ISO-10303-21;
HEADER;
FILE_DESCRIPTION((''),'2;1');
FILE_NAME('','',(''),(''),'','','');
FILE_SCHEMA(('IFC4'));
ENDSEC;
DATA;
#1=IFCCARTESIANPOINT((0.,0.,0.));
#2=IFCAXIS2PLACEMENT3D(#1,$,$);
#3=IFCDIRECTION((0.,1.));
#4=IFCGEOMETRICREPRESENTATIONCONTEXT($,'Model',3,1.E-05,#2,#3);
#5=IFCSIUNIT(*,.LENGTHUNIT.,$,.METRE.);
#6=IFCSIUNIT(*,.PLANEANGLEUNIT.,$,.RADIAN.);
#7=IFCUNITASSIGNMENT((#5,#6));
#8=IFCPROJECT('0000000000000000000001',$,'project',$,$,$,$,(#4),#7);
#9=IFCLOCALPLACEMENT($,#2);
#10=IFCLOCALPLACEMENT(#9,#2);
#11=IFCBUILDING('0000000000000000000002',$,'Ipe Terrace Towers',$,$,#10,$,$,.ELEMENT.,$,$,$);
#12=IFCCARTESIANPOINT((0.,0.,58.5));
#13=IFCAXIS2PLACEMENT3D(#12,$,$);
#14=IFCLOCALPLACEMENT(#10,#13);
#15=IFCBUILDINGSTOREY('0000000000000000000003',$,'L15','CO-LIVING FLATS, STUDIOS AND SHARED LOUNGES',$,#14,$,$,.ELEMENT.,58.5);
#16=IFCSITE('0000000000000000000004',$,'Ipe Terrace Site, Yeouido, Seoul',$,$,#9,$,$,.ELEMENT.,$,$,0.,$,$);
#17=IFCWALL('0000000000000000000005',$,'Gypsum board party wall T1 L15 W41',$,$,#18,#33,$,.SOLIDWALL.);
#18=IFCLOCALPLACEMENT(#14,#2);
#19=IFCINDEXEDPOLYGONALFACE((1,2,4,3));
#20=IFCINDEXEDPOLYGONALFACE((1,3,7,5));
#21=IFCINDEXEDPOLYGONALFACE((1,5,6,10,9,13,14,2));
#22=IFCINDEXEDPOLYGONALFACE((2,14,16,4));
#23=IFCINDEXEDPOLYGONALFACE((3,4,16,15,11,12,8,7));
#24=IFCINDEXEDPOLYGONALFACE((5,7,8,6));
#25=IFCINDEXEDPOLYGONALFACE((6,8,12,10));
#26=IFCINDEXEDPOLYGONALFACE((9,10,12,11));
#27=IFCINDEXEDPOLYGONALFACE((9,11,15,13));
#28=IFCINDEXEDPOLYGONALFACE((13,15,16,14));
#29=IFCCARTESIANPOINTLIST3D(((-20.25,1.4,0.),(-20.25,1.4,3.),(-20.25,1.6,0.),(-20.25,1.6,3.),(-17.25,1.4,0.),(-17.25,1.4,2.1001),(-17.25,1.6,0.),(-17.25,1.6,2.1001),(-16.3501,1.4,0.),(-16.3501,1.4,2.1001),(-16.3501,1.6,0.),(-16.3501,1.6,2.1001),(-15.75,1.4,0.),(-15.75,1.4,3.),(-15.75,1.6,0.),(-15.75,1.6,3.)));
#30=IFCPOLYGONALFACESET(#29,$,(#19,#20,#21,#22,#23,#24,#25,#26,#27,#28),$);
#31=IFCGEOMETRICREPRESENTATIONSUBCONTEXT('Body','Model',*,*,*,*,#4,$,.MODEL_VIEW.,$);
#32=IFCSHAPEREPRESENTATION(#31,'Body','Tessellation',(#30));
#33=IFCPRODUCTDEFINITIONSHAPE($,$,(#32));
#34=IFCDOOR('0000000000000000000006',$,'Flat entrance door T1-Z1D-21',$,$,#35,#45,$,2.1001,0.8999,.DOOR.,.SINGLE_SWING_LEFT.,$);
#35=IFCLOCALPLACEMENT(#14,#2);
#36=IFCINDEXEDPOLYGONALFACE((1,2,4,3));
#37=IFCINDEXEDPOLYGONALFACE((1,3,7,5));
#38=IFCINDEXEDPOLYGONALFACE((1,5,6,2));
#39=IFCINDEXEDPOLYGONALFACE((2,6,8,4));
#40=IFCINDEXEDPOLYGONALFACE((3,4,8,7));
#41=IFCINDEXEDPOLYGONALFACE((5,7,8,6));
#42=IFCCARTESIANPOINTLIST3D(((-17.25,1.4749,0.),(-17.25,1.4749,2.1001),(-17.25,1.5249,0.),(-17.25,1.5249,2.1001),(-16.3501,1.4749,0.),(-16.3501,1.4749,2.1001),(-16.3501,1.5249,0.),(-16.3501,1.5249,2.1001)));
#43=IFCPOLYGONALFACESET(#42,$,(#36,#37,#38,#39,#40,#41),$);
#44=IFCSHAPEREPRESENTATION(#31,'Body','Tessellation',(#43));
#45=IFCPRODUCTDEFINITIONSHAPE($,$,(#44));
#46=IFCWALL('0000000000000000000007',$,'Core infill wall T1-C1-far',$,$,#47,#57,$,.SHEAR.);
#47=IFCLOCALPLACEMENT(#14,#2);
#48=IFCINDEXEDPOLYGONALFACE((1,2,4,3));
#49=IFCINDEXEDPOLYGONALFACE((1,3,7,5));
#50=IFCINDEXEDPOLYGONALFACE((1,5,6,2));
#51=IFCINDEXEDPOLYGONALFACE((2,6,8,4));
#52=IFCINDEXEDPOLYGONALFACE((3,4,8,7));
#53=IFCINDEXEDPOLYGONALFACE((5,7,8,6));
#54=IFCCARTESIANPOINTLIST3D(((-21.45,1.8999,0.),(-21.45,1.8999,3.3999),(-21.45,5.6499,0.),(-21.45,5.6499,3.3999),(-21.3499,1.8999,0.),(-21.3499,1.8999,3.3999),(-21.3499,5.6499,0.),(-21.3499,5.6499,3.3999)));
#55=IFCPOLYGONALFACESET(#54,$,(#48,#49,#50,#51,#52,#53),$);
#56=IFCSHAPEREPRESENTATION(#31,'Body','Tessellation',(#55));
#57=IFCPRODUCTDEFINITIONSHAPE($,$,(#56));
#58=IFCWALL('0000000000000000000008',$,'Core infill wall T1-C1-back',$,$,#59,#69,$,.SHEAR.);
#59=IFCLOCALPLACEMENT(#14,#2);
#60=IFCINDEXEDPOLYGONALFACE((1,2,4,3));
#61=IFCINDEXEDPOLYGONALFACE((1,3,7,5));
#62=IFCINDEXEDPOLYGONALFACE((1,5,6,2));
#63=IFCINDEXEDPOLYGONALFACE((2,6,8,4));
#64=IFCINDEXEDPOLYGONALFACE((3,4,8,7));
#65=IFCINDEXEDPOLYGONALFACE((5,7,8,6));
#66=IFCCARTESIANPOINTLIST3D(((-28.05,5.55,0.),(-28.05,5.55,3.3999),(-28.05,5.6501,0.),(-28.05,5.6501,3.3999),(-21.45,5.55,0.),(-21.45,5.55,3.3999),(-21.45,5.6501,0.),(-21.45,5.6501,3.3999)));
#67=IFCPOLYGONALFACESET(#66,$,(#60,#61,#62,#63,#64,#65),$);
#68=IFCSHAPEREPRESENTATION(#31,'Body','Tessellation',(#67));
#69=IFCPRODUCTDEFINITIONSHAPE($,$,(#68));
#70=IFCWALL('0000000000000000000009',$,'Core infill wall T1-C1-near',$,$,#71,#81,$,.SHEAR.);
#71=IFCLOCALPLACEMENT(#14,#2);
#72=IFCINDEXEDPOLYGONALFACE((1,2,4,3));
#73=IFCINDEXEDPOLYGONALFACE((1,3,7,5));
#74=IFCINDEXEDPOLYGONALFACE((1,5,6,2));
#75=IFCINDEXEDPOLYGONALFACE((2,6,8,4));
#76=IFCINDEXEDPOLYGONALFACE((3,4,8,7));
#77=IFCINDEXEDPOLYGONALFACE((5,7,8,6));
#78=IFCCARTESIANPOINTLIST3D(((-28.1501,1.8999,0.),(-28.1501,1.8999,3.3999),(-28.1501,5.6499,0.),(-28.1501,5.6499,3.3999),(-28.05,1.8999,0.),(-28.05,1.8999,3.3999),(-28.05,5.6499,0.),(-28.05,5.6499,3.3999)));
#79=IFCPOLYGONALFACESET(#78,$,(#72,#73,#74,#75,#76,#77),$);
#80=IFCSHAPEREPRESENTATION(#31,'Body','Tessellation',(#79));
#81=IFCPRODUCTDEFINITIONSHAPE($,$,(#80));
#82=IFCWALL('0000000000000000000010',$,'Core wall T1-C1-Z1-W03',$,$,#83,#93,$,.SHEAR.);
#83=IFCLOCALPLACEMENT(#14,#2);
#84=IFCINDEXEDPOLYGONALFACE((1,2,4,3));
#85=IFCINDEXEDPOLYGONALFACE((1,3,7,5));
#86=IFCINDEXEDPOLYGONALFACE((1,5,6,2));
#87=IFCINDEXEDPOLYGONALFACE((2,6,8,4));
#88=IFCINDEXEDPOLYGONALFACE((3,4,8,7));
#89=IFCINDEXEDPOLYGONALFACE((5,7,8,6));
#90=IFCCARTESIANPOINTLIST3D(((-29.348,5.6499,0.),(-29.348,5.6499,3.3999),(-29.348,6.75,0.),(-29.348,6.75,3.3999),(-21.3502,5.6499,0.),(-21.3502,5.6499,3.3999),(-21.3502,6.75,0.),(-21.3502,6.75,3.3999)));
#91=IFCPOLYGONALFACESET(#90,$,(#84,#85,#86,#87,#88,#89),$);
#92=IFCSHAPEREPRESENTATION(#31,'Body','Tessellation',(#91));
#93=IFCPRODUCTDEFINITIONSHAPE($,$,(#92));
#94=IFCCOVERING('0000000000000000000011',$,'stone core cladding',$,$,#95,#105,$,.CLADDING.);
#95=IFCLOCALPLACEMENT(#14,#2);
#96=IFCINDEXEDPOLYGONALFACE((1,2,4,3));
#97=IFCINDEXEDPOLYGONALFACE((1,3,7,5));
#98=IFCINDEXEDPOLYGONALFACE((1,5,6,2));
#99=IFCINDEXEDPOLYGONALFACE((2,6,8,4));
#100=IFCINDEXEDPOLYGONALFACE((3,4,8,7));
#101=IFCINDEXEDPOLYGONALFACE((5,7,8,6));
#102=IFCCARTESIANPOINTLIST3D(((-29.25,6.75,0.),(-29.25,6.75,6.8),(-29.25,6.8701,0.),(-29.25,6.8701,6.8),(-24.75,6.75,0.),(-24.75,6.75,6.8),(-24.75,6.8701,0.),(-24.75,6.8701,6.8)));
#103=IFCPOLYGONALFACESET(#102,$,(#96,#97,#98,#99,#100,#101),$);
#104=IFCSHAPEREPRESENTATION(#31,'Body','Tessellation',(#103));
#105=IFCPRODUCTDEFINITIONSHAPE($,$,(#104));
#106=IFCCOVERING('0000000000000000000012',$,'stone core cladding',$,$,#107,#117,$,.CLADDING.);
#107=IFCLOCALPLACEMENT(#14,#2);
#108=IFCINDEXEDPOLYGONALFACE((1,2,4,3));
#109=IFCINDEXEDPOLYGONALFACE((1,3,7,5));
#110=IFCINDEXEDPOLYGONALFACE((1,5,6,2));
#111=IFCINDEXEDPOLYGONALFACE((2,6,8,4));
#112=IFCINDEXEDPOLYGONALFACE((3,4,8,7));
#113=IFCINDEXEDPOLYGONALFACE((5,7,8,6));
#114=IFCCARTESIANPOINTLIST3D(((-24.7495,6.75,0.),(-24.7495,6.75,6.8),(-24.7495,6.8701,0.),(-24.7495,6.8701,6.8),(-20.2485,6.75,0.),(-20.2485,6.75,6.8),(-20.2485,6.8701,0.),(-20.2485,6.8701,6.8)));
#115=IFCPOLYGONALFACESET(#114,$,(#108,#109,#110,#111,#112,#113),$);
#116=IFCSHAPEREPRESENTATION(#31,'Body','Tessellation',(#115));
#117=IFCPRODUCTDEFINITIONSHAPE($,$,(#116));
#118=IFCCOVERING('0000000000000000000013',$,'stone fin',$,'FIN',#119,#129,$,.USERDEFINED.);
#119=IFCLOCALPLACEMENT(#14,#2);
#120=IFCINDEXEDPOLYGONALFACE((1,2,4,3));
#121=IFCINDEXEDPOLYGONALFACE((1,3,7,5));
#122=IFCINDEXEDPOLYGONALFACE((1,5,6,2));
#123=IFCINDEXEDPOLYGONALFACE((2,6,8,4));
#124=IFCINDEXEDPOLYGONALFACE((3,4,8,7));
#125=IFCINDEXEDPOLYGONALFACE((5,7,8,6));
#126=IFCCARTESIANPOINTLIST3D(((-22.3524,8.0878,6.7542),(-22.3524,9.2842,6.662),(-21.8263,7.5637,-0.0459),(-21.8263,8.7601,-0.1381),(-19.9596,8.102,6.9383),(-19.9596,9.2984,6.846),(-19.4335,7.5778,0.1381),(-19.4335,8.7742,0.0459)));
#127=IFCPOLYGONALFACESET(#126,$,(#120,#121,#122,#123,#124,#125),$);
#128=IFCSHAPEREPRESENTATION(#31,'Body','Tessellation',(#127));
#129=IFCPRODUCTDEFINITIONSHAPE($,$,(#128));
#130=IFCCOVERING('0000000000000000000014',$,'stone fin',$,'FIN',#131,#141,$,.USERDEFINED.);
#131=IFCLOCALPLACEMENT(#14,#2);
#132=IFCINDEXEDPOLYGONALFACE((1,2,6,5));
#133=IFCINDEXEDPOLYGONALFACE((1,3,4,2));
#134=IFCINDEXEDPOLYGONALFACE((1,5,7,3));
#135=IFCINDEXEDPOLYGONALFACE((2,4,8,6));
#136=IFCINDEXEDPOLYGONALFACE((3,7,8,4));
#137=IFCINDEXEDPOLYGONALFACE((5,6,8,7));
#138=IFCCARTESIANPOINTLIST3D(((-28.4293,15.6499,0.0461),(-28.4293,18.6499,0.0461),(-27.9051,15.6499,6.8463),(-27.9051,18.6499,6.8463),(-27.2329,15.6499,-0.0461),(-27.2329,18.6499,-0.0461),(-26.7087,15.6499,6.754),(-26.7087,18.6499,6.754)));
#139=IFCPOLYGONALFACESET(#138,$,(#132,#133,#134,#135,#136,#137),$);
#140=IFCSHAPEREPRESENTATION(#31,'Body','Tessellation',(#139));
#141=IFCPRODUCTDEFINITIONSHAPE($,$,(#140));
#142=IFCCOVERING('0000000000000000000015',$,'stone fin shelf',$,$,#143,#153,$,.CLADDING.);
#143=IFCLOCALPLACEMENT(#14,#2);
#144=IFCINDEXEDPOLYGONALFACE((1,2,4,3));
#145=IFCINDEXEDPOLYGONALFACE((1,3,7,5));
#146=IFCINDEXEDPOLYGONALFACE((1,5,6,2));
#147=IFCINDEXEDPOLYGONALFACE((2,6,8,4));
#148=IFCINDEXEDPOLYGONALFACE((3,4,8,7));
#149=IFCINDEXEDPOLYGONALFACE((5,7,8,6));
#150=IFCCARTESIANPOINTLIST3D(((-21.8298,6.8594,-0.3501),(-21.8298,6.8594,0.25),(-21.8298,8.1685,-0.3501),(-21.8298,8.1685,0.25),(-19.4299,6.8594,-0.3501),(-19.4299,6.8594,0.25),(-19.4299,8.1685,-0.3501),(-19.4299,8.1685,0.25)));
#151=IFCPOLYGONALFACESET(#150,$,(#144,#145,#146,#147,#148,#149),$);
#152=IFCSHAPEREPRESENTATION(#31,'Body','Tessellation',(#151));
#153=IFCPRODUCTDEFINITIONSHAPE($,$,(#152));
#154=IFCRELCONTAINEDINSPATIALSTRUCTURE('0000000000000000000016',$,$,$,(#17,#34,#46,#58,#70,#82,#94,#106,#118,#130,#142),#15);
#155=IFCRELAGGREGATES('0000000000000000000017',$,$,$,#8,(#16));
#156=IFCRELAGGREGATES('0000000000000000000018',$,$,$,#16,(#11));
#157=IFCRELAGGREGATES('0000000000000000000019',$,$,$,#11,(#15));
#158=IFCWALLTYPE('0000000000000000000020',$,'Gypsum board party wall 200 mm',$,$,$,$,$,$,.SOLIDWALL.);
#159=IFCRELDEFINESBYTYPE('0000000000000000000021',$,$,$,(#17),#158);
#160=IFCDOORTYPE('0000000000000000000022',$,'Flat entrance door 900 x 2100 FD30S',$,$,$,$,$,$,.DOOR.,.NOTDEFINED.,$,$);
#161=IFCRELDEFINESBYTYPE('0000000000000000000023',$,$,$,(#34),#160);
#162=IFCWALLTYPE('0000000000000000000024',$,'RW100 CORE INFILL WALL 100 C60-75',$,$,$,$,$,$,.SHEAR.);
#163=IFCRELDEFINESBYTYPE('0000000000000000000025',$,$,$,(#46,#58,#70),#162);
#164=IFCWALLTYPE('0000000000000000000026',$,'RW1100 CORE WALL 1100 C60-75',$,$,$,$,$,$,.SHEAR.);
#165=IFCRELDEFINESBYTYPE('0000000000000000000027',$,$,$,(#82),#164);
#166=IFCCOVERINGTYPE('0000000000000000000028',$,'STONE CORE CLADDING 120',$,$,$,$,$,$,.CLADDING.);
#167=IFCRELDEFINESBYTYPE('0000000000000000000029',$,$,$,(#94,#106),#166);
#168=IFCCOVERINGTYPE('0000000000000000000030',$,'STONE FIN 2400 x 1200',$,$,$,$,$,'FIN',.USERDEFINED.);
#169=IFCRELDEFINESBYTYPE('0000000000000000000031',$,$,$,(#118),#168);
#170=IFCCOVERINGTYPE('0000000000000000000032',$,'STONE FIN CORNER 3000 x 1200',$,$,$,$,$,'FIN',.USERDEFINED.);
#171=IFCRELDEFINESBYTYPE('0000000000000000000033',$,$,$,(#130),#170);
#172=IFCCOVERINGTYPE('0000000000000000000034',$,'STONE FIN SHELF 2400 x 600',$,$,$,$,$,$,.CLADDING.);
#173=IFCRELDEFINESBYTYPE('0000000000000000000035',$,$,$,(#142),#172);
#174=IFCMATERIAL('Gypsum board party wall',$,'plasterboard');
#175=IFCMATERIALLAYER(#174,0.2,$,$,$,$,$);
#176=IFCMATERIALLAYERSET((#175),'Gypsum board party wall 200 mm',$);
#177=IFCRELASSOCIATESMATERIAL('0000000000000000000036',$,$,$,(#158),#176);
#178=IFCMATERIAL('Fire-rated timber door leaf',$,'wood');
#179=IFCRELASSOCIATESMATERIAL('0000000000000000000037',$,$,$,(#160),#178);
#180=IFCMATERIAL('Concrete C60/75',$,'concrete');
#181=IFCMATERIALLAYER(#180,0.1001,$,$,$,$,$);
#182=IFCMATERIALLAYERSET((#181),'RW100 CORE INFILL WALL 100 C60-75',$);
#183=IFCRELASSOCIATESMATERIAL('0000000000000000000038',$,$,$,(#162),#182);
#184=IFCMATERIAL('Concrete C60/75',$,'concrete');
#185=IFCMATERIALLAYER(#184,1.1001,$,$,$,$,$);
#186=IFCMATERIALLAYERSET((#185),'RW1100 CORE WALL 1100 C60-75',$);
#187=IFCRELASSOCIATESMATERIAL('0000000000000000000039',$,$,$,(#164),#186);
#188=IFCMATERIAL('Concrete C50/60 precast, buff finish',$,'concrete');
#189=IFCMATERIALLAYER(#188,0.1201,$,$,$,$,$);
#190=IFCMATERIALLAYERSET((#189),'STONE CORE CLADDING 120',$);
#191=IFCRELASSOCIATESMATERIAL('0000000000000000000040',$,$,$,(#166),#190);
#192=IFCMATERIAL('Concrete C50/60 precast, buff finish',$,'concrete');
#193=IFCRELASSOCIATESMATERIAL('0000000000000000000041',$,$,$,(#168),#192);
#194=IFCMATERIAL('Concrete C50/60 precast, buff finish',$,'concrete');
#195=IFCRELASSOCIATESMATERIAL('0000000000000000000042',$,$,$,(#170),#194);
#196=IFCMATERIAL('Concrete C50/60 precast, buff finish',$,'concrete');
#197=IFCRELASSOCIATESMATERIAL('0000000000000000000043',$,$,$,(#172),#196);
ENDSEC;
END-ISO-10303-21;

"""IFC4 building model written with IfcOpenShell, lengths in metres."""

from ifc_helpers import new_model, si_unit, direction, frame, frame_2d, origin, origin_2d, place, context, subcontext, project, spatial, rectangle, extrude, material, layer, layer_set, material_profile, profile_set, type_object, element, fill, save


model = new_model("IFC4")

# Units and contexts
model_context = context("Model", 3, precision=1e-05, world=origin(), true_north=direction((0.0, 1.0)))
body_context = subcontext(model_context, "Body", "Model", "MODEL_VIEW")
ifc_project = project(units=[si_unit("LENGTHUNIT", "METRE"), si_unit("PLANEANGLEUNIT", "RADIAN")], contexts=[model_context])

# Site, building, storey
site_placement = place(None, origin())
site = spatial("IfcSite", under=ifc_project, at=site_placement, Name="Ipe Terrace Site, Yeouido, Seoul", CompositionType="ELEMENT", RefElevation=0.0)
building_placement = place(site_placement, origin())
building = spatial("IfcBuilding", under=site, at=building_placement, Name="Ipe Terrace Towers", CompositionType="ELEMENT")
storey_placement = place(building_placement, frame((0.0, 0.0, 58.5)))
storey = spatial("IfcBuildingStorey", under=building, at=storey_placement, Name="L15", Description="CO-LIVING FLATS, STUDIOS AND SHARED LOUNGES", CompositionType="ELEMENT", Elevation=58.5)

# Wall, opening, door
ifc_material_1 = material(Name="Gypsum board party wall", Category="plasterboard")
ifc_layer_1 = layer(ifc_material_1, 0.2)
ifc_layer_set_1 = layer_set([ifc_layer_1], Name="Gypsum board party wall 200 mm")
wall_type_1 = type_object("IfcWallType", Name="Gypsum board party wall 200 mm", PredefinedType="SOLIDWALL", material=ifc_layer_set_1)
wall_1_placement = place(storey_placement, frame((-20.25, 1.5, 0.0), z_axis=(0.0, 0.0, 1.0), x_axis=(1.0, 0.0, 0.0)))
wall_1 = element("IfcWall", 1, at=wall_1_placement, inside=storey, type_object=wall_type_1, Name="Gypsum board party wall T1 L15 W41", PredefinedType="SOLIDWALL", context=body_context, shape_type="SweptSolid", body=[
    extrude(rectangle(XDim=4.5, YDim=0.2, at=frame_2d((2.25, 0.0))), origin(), (0.0, 0.0, 1.0), 3.0),
])
opening_1_placement = place(wall_1_placement, frame((3.0, 0.0, 0.0)))
opening_1 = element("IfcOpeningElement", 2, at=opening_1_placement, cuts=wall_1, PredefinedType="OPENING", context=body_context, shape_type="SweptSolid", body=[
    extrude(rectangle(XDim=0.8999, YDim=2.1001, at=frame_2d((0.45, 1.05))), frame((0.0, 0.1099, 0.0), z_axis=(0.0, -1.0, 0.0), x_axis=(1.0, 0.0, 0.0)), (0.0, 0.0, 1.0), 0.22),
])
ifc_material_2 = material(Name="Fire-rated timber door leaf", Category="wood")
door_type_1 = type_object("IfcDoorType", Name="Flat entrance door 900 x 2100 FD30S", OperationType="NOTDEFINED", PredefinedType="DOOR", material=ifc_material_2)
door_1_placement = place(opening_1_placement, origin())
door_1 = element("IfcDoor", 3, at=door_1_placement, inside=storey, type_object=door_type_1, Name="Flat entrance door T1-Z1D-21", OperationType="SINGLE_SWING_LEFT", OverallHeight=2.1001, OverallWidth=0.8999, PredefinedType="DOOR", context=body_context, shape_type="SweptSolid", body=[
    extrude(rectangle(XDim=0.8999, YDim=2.1001, at=frame_2d((0.45, 1.05))), frame((0.0, 0.0249, 0.0), z_axis=(0.0, -1.0, 0.0), x_axis=(1.0, 0.0, 0.0)), (0.0, 0.0, 1.0), 0.05),
])
fill(opening_1, door_1)

# Walls
ifc_material_3 = material(Name="Concrete C60/75", Category="concrete")
ifc_layer_2 = layer(ifc_material_3, 0.1001)
ifc_layer_set_2 = layer_set([ifc_layer_2], Name="RW100 CORE INFILL WALL 100 C60-75")
wall_type_2 = type_object("IfcWallType", Name="RW100 CORE INFILL WALL 100 C60-75", PredefinedType="SHEAR", material=ifc_layer_set_2)
wall_2_placement = place(storey_placement, frame((-21.3999, 1.8999, 0.0), z_axis=(0.0, 0.0, 1.0), x_axis=(0.0, 1.0, 0.0)))
element("IfcWall", 4, at=wall_2_placement, inside=storey, type_object=wall_type_2, Name="Core infill wall T1-C1-far", PredefinedType="SHEAR", context=body_context, shape_type="SweptSolid", body=[
    extrude(rectangle(XDim=3.75, YDim=0.1001, at=frame_2d((1.875, 0.0))), origin(), (0.0, 0.0, 1.0), 3.3999),
])
wall_3_placement = place(storey_placement, frame((-28.05, 5.6001, 0.0), z_axis=(0.0, 0.0, 1.0), x_axis=(1.0, 0.0, 0.0)))
element("IfcWall", 5, at=wall_3_placement, inside=storey, type_object=wall_type_2, Name="Core infill wall T1-C1-back", PredefinedType="SHEAR", context=body_context, shape_type="SweptSolid", body=[
    extrude(rectangle(XDim=6.6001, YDim=0.1001, at=frame_2d((3.3, 0.0))), origin(), (0.0, 0.0, 1.0), 3.3999),
])
wall_4_placement = place(storey_placement, frame((-28.1001, 1.8999, 0.0), z_axis=(0.0, 0.0, 1.0), x_axis=(0.0, 1.0, 0.0)))
element("IfcWall", 6, at=wall_4_placement, inside=storey, type_object=wall_type_2, Name="Core infill wall T1-C1-near", PredefinedType="SHEAR", context=body_context, shape_type="SweptSolid", body=[
    extrude(rectangle(XDim=3.75, YDim=0.1001, at=frame_2d((1.875, 0.0))), origin(), (0.0, 0.0, 1.0), 3.3999),
])
ifc_material_4 = material(Name="Concrete C60/75", Category="concrete")
ifc_layer_3 = layer(ifc_material_4, 1.1001)
ifc_layer_set_3 = layer_set([ifc_layer_3], Name="RW1100 CORE WALL 1100 C60-75")
wall_type_3 = type_object("IfcWallType", Name="RW1100 CORE WALL 1100 C60-75", PredefinedType="SHEAR", material=ifc_layer_set_3)
wall_5_placement = place(storey_placement, frame((-21.3501, 6.2, 0.0), z_axis=(0.0, 0.0, 1.0), x_axis=(-1.0, 0.0, 0.0)))
element("IfcWall", 7, at=wall_5_placement, inside=storey, type_object=wall_type_3, Name="Core wall T1-C1-Z1-W03", PredefinedType="SHEAR", context=body_context, shape_type="SweptSolid", body=[
    extrude(rectangle(XDim=7.9978, YDim=1.1001, at=frame_2d((3.999, 0.0))), origin(), (0.0, 0.0, 1.0), 3.3999),
])

# Coverings
ifc_material_5 = material(Name="Concrete C50/60 precast, buff finish", Category="concrete")
ifc_layer_4 = layer(ifc_material_5, 0.1201)
ifc_layer_set_4 = layer_set([ifc_layer_4], Name="STONE CORE CLADDING 120")
covering_type_1 = type_object("IfcCoveringType", Name="STONE CORE CLADDING 120", PredefinedType="CLADDING", material=ifc_layer_set_4)
covering_1_placement = place(storey_placement, frame((-27.0, 6.8101, 0.0), z_axis=(0.0, 0.0, 1.0), x_axis=(-1.0, 0.0, 0.0)))
element("IfcCovering", 8, at=covering_1_placement, inside=storey, type_object=covering_type_1, Name="stone core cladding", PredefinedType="CLADDING", context=body_context, shape_type="SweptSolid", body=[
    extrude(rectangle(XDim=4.5, YDim=0.1201, at=origin_2d()), origin(), (0.0, 0.0, 1.0), 6.8),
])
covering_2_placement = place(storey_placement, frame((-22.499, 6.8101, 0.0), z_axis=(0.0, 0.0, 1.0), x_axis=(-1.0, 0.0, 0.0)))
element("IfcCovering", 9, at=covering_2_placement, inside=storey, type_object=covering_type_1, Name="stone core cladding", PredefinedType="CLADDING", context=body_context, shape_type="SweptSolid", body=[
    extrude(rectangle(XDim=4.501, YDim=0.1201, at=origin_2d()), origin(), (0.0, 0.0, 1.0), 6.8),
])
ifc_material_6 = material(Name="Concrete C50/60 precast, buff finish", Category="concrete")
ifc_material_profile_1 = material_profile(ifc_material_6, rectangle(XDim=2.3999, YDim=1.2, at=origin_2d()), Name="STONE FIN 2400 x 1200")
ifc_profile_set_1 = profile_set([ifc_material_profile_1], Name="Concrete C50/60 precast, buff finish")
covering_type_2 = type_object("IfcCoveringType", Name="STONE FIN 2400 x 1200", ElementType="FIN", PredefinedType="USERDEFINED", material=ifc_profile_set_1)
covering_3_placement = place(storey_placement, frame((-20.6299, 8.1689, 0.0), z_axis=(-0.076913, 0.076628, 0.994089), x_axis=(-0.997038, -0.005911, -0.076686)))
element("IfcCovering", 10, at=covering_3_placement, inside=storey, type_object=covering_type_2, Name="stone fin", ObjectType="FIN", PredefinedType="USERDEFINED", context=body_context, shape_type="SweptSolid", body=[
    extrude(rectangle(XDim=2.3999, YDim=1.2, at=origin_2d()), origin(), (0.0, 0.0, 1.0), 6.8406),
])
ifc_material_7 = material(Name="Concrete C50/60 precast, buff finish", Category="concrete")
ifc_material_profile_2 = material_profile(ifc_material_7, rectangle(XDim=3.0, YDim=1.2, at=origin_2d()), Name="STONE FIN CORNER 3000 x 1200")
ifc_profile_set_2 = profile_set([ifc_material_profile_2], Name="Concrete C50/60 precast, buff finish")
covering_type_3 = type_object("IfcCoveringType", Name="STONE FIN CORNER 3000 x 1200", ElementType="FIN", PredefinedType="USERDEFINED", material=ifc_profile_set_2)
covering_4_placement = place(storey_placement, frame((-27.8311, 17.1499, 0.0), z_axis=(0.076855, 0.0, 0.997042), x_axis=(0.0, 1.0, 0.0)))
element("IfcCovering", 11, at=covering_4_placement, inside=storey, type_object=covering_type_3, Name="stone fin", ObjectType="FIN", PredefinedType="USERDEFINED", context=body_context, shape_type="SweptSolid", body=[
    extrude(rectangle(XDim=3.0, YDim=1.2, at=origin_2d()), origin(), (0.0, 0.0, 1.0), 6.8203),
])
ifc_material_8 = material(Name="Concrete C50/60 precast, buff finish", Category="concrete")
covering_type_4 = type_object("IfcCoveringType", Name="STONE FIN SHELF 2400 x 600", PredefinedType="CLADDING", material=ifc_material_8)
covering_5_placement = place(storey_placement, frame((-20.6299, 7.5139, -0.3501), z_axis=(0.0, 0.0, 1.0), x_axis=(-1.0, 0.0, 0.0)))
element("IfcCovering", 12, at=covering_5_placement, inside=storey, type_object=covering_type_4, Name="stone fin shelf", PredefinedType="CLADDING", context=body_context, shape_type="SweptSolid", body=[
    extrude(rectangle(XDim=2.3999, YDim=1.3091, at=origin_2d()), origin(), (0.0, 0.0, 1.0), 0.6001),
])

save(model, "model.ifc")
